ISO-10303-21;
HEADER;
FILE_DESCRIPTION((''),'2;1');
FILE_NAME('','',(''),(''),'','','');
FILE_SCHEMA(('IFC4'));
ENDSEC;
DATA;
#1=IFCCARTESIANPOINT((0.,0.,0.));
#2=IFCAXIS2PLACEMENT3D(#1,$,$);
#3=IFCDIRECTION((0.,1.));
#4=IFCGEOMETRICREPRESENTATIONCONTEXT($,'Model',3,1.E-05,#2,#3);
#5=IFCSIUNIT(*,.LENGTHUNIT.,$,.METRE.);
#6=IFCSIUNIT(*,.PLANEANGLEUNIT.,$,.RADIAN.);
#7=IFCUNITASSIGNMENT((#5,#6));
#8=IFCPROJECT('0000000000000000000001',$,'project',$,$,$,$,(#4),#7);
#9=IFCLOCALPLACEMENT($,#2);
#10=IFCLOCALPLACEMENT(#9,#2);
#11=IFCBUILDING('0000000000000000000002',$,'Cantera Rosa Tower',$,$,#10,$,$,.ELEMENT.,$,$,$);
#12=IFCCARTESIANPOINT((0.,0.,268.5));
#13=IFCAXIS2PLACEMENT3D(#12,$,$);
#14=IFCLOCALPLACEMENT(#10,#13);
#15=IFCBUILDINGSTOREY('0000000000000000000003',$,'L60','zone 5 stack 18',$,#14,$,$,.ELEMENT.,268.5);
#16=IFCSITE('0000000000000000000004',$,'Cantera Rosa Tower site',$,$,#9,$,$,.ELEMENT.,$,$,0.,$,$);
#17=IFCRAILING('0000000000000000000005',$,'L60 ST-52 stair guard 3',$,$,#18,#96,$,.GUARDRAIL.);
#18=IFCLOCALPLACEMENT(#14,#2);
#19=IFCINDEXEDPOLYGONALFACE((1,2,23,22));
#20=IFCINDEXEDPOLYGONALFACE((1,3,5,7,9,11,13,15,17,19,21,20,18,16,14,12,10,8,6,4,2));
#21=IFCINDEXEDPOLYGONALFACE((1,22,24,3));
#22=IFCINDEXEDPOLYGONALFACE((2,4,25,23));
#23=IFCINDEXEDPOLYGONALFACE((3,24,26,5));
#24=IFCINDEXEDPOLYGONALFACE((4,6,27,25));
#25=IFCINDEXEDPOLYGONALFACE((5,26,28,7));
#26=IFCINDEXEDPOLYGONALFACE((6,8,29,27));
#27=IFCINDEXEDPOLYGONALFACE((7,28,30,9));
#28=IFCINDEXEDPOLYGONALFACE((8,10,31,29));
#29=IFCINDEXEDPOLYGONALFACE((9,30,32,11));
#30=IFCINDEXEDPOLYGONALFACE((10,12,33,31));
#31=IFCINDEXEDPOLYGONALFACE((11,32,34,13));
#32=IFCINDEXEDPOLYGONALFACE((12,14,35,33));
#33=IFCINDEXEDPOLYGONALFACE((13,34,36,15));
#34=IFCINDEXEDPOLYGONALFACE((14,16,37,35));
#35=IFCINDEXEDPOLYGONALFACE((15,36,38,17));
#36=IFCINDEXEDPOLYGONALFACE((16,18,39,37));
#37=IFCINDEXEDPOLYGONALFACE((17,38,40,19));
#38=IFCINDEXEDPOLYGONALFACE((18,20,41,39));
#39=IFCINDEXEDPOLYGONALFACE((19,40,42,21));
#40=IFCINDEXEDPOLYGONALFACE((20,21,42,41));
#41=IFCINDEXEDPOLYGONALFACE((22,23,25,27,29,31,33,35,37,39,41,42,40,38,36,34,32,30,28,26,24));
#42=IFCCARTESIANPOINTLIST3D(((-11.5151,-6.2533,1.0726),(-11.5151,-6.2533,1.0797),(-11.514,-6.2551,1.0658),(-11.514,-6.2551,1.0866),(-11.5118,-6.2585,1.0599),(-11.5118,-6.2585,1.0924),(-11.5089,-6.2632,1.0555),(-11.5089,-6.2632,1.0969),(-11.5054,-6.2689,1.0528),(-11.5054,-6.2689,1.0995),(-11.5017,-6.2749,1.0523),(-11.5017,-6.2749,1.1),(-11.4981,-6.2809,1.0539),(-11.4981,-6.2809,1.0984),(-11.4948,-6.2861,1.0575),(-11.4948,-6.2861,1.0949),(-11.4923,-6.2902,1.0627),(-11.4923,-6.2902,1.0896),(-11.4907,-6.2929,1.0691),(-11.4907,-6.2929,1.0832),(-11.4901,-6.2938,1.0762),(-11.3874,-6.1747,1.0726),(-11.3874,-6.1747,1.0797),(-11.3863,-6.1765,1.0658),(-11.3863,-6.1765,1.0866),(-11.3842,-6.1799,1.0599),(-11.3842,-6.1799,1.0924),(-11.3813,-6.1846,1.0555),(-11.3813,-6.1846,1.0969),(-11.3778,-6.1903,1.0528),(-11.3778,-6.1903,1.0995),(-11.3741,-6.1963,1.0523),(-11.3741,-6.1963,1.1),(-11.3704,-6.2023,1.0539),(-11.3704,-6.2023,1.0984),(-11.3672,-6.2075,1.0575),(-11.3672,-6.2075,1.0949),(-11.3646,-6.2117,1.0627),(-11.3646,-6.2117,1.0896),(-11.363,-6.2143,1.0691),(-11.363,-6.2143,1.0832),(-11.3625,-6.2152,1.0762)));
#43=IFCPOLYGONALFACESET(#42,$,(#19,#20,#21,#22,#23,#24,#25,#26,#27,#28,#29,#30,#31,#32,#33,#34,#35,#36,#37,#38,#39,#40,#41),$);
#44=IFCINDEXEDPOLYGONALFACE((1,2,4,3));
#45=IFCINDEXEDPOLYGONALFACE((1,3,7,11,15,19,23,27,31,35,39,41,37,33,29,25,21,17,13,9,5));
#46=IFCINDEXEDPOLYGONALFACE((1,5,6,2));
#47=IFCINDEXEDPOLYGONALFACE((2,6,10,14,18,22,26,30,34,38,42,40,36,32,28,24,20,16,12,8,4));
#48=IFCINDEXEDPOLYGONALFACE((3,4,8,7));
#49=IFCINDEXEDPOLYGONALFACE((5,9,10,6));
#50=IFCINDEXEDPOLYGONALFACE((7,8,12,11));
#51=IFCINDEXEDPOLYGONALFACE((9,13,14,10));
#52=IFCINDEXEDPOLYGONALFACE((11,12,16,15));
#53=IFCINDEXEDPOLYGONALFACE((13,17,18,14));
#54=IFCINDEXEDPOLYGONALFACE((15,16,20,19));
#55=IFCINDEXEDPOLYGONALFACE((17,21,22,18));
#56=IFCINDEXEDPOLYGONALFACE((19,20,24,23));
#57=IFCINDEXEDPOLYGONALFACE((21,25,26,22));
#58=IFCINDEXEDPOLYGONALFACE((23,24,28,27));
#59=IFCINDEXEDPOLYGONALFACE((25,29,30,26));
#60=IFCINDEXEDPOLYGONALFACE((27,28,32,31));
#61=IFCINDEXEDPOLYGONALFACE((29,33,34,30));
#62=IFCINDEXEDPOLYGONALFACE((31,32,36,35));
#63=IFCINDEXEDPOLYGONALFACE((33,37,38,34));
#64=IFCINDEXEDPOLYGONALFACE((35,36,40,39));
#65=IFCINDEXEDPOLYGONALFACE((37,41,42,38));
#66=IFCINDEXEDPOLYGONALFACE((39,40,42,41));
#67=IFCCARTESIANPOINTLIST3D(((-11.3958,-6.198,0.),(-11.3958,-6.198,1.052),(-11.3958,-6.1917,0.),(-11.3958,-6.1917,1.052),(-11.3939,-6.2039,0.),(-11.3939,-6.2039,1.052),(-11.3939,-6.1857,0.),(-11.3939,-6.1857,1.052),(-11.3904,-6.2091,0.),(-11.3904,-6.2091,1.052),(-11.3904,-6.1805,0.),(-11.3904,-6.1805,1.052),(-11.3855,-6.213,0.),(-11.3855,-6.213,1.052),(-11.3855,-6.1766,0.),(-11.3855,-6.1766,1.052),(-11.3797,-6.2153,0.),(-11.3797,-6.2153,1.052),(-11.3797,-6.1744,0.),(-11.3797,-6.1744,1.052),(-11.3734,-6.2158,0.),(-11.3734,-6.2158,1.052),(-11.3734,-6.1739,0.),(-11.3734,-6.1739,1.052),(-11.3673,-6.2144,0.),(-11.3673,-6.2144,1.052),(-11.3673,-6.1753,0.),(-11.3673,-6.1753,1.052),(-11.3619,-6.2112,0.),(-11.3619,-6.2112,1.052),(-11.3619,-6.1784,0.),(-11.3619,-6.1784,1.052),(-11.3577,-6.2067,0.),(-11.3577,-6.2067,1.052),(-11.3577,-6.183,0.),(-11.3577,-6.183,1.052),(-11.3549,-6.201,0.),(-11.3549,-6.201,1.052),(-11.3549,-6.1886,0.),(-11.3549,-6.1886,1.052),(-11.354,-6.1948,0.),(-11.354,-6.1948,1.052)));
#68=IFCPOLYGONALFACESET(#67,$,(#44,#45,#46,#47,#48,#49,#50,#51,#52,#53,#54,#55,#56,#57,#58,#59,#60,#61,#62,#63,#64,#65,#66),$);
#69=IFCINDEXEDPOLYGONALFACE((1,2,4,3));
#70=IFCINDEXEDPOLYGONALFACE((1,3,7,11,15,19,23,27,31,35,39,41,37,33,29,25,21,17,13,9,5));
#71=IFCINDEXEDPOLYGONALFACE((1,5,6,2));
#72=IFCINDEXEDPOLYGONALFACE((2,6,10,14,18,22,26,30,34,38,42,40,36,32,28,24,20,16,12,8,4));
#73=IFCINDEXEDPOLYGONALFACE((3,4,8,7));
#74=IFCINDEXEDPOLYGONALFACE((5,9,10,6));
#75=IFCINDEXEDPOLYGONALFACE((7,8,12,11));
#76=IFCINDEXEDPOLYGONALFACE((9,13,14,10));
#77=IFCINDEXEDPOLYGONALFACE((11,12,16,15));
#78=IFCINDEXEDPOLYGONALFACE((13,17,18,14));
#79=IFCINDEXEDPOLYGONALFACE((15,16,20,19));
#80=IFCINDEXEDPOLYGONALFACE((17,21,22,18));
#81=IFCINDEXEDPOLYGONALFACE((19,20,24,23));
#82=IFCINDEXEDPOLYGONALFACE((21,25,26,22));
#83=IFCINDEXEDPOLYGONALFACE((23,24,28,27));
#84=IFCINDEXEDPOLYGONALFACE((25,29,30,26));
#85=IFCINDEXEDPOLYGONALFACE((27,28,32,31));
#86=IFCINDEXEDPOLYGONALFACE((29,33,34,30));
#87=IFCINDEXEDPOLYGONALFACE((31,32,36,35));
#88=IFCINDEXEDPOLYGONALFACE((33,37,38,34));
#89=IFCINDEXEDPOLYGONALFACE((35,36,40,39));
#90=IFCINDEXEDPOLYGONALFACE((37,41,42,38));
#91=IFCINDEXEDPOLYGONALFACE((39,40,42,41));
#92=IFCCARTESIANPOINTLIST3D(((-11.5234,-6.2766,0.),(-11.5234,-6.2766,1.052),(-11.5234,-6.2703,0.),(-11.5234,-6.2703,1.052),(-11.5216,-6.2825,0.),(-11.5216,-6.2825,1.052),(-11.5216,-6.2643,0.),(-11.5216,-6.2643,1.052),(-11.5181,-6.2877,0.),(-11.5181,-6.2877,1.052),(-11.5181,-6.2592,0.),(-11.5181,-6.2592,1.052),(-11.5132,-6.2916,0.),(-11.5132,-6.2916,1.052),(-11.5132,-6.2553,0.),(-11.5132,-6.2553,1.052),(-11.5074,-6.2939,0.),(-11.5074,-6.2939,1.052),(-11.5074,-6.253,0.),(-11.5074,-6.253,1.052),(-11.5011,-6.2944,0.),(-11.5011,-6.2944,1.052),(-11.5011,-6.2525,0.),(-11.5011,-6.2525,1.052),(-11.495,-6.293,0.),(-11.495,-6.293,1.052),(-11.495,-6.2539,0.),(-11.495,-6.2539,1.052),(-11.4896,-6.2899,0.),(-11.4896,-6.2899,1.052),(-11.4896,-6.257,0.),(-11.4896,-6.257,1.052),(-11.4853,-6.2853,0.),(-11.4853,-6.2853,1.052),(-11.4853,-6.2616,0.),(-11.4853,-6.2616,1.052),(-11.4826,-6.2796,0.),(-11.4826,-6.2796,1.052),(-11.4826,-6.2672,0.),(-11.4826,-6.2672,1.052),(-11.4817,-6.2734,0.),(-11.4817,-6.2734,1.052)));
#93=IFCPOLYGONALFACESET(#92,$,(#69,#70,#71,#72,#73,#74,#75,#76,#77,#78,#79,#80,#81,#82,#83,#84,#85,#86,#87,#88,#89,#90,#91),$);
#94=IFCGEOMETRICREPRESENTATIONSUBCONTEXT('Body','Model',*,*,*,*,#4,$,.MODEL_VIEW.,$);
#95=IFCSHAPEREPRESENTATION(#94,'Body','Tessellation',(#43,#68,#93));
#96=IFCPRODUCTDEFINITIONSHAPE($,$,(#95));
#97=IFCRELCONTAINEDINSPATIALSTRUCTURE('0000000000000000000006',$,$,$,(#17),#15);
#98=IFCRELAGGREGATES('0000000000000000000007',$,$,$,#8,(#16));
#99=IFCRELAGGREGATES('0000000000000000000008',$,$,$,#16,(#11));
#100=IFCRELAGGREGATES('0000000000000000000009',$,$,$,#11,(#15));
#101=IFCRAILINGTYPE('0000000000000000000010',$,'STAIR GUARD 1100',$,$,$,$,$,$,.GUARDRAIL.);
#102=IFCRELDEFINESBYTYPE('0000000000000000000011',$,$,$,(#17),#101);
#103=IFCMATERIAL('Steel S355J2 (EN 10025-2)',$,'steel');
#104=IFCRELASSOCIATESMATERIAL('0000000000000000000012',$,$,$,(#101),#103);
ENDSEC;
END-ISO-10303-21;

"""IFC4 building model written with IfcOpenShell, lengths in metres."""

from ifc_helpers import new_model, si_unit, direction, frame, origin, origin_2d, place, context, subcontext, project, spatial, circle, extrude, material, type_object, element, save


model = new_model("IFC4")

# Units and contexts
model_context = context("Model", 3, precision=1e-05, world=origin(), true_north=direction((0.0, 1.0)))
body_context = subcontext(model_context, "Body", "Model", "MODEL_VIEW")
ifc_project = project(units=[si_unit("LENGTHUNIT", "METRE"), si_unit("PLANEANGLEUNIT", "RADIAN")], contexts=[model_context])

# Site, building, storey
site_placement = place(None, origin())
site = spatial("IfcSite", under=ifc_project, at=site_placement, Name="Cantera Rosa Tower site", CompositionType="ELEMENT", RefElevation=0.0)
building_placement = place(site_placement, origin())
building = spatial("IfcBuilding", under=site, at=building_placement, Name="Cantera Rosa Tower", CompositionType="ELEMENT")
storey_placement = place(building_placement, frame((0.0, 0.0, 268.5)))
storey = spatial("IfcBuildingStorey", under=building, at=storey_placement, Name="L60", Description="zone 5 stack 18", CompositionType="ELEMENT", Elevation=268.5)

# Railing
ifc_material_1 = material(Name="Steel S355J2 (EN 10025-2)", Category="steel")
railing_type_1 = type_object("IfcRailingType", Name="STAIR GUARD 1100", PredefinedType="GUARDRAIL", material=ifc_material_1)
railing_1_placement = place(storey_placement, frame((-11.375, -6.1948, 0.0)))
element("IfcRailing", 1, at=railing_1_placement, inside=storey, type_object=railing_type_1, Name="L60 ST-52 stair guard 3", PredefinedType="GUARDRAIL", context=body_context, shape_type="SweptSolid", body=[
    extrude(circle(Radius=0.0239, at=origin_2d()), frame((0.0, 0.0, 1.0762), z_axis=(-0.851546, -0.524279, 0.0), x_axis=(0.524279, -0.851546, 0.0)), (0.0, 0.0, 1.0), 0.1499),
    extrude(circle(Radius=0.021, at=origin_2d()), origin(), (0.0, 0.0, 1.0), 1.052),
    extrude(circle(Radius=0.021, at=origin_2d()), frame((-0.1277, -0.0786, 0.0)), (0.0, 0.0, 1.0), 1.052),
])

save(model, "model.ifc")
